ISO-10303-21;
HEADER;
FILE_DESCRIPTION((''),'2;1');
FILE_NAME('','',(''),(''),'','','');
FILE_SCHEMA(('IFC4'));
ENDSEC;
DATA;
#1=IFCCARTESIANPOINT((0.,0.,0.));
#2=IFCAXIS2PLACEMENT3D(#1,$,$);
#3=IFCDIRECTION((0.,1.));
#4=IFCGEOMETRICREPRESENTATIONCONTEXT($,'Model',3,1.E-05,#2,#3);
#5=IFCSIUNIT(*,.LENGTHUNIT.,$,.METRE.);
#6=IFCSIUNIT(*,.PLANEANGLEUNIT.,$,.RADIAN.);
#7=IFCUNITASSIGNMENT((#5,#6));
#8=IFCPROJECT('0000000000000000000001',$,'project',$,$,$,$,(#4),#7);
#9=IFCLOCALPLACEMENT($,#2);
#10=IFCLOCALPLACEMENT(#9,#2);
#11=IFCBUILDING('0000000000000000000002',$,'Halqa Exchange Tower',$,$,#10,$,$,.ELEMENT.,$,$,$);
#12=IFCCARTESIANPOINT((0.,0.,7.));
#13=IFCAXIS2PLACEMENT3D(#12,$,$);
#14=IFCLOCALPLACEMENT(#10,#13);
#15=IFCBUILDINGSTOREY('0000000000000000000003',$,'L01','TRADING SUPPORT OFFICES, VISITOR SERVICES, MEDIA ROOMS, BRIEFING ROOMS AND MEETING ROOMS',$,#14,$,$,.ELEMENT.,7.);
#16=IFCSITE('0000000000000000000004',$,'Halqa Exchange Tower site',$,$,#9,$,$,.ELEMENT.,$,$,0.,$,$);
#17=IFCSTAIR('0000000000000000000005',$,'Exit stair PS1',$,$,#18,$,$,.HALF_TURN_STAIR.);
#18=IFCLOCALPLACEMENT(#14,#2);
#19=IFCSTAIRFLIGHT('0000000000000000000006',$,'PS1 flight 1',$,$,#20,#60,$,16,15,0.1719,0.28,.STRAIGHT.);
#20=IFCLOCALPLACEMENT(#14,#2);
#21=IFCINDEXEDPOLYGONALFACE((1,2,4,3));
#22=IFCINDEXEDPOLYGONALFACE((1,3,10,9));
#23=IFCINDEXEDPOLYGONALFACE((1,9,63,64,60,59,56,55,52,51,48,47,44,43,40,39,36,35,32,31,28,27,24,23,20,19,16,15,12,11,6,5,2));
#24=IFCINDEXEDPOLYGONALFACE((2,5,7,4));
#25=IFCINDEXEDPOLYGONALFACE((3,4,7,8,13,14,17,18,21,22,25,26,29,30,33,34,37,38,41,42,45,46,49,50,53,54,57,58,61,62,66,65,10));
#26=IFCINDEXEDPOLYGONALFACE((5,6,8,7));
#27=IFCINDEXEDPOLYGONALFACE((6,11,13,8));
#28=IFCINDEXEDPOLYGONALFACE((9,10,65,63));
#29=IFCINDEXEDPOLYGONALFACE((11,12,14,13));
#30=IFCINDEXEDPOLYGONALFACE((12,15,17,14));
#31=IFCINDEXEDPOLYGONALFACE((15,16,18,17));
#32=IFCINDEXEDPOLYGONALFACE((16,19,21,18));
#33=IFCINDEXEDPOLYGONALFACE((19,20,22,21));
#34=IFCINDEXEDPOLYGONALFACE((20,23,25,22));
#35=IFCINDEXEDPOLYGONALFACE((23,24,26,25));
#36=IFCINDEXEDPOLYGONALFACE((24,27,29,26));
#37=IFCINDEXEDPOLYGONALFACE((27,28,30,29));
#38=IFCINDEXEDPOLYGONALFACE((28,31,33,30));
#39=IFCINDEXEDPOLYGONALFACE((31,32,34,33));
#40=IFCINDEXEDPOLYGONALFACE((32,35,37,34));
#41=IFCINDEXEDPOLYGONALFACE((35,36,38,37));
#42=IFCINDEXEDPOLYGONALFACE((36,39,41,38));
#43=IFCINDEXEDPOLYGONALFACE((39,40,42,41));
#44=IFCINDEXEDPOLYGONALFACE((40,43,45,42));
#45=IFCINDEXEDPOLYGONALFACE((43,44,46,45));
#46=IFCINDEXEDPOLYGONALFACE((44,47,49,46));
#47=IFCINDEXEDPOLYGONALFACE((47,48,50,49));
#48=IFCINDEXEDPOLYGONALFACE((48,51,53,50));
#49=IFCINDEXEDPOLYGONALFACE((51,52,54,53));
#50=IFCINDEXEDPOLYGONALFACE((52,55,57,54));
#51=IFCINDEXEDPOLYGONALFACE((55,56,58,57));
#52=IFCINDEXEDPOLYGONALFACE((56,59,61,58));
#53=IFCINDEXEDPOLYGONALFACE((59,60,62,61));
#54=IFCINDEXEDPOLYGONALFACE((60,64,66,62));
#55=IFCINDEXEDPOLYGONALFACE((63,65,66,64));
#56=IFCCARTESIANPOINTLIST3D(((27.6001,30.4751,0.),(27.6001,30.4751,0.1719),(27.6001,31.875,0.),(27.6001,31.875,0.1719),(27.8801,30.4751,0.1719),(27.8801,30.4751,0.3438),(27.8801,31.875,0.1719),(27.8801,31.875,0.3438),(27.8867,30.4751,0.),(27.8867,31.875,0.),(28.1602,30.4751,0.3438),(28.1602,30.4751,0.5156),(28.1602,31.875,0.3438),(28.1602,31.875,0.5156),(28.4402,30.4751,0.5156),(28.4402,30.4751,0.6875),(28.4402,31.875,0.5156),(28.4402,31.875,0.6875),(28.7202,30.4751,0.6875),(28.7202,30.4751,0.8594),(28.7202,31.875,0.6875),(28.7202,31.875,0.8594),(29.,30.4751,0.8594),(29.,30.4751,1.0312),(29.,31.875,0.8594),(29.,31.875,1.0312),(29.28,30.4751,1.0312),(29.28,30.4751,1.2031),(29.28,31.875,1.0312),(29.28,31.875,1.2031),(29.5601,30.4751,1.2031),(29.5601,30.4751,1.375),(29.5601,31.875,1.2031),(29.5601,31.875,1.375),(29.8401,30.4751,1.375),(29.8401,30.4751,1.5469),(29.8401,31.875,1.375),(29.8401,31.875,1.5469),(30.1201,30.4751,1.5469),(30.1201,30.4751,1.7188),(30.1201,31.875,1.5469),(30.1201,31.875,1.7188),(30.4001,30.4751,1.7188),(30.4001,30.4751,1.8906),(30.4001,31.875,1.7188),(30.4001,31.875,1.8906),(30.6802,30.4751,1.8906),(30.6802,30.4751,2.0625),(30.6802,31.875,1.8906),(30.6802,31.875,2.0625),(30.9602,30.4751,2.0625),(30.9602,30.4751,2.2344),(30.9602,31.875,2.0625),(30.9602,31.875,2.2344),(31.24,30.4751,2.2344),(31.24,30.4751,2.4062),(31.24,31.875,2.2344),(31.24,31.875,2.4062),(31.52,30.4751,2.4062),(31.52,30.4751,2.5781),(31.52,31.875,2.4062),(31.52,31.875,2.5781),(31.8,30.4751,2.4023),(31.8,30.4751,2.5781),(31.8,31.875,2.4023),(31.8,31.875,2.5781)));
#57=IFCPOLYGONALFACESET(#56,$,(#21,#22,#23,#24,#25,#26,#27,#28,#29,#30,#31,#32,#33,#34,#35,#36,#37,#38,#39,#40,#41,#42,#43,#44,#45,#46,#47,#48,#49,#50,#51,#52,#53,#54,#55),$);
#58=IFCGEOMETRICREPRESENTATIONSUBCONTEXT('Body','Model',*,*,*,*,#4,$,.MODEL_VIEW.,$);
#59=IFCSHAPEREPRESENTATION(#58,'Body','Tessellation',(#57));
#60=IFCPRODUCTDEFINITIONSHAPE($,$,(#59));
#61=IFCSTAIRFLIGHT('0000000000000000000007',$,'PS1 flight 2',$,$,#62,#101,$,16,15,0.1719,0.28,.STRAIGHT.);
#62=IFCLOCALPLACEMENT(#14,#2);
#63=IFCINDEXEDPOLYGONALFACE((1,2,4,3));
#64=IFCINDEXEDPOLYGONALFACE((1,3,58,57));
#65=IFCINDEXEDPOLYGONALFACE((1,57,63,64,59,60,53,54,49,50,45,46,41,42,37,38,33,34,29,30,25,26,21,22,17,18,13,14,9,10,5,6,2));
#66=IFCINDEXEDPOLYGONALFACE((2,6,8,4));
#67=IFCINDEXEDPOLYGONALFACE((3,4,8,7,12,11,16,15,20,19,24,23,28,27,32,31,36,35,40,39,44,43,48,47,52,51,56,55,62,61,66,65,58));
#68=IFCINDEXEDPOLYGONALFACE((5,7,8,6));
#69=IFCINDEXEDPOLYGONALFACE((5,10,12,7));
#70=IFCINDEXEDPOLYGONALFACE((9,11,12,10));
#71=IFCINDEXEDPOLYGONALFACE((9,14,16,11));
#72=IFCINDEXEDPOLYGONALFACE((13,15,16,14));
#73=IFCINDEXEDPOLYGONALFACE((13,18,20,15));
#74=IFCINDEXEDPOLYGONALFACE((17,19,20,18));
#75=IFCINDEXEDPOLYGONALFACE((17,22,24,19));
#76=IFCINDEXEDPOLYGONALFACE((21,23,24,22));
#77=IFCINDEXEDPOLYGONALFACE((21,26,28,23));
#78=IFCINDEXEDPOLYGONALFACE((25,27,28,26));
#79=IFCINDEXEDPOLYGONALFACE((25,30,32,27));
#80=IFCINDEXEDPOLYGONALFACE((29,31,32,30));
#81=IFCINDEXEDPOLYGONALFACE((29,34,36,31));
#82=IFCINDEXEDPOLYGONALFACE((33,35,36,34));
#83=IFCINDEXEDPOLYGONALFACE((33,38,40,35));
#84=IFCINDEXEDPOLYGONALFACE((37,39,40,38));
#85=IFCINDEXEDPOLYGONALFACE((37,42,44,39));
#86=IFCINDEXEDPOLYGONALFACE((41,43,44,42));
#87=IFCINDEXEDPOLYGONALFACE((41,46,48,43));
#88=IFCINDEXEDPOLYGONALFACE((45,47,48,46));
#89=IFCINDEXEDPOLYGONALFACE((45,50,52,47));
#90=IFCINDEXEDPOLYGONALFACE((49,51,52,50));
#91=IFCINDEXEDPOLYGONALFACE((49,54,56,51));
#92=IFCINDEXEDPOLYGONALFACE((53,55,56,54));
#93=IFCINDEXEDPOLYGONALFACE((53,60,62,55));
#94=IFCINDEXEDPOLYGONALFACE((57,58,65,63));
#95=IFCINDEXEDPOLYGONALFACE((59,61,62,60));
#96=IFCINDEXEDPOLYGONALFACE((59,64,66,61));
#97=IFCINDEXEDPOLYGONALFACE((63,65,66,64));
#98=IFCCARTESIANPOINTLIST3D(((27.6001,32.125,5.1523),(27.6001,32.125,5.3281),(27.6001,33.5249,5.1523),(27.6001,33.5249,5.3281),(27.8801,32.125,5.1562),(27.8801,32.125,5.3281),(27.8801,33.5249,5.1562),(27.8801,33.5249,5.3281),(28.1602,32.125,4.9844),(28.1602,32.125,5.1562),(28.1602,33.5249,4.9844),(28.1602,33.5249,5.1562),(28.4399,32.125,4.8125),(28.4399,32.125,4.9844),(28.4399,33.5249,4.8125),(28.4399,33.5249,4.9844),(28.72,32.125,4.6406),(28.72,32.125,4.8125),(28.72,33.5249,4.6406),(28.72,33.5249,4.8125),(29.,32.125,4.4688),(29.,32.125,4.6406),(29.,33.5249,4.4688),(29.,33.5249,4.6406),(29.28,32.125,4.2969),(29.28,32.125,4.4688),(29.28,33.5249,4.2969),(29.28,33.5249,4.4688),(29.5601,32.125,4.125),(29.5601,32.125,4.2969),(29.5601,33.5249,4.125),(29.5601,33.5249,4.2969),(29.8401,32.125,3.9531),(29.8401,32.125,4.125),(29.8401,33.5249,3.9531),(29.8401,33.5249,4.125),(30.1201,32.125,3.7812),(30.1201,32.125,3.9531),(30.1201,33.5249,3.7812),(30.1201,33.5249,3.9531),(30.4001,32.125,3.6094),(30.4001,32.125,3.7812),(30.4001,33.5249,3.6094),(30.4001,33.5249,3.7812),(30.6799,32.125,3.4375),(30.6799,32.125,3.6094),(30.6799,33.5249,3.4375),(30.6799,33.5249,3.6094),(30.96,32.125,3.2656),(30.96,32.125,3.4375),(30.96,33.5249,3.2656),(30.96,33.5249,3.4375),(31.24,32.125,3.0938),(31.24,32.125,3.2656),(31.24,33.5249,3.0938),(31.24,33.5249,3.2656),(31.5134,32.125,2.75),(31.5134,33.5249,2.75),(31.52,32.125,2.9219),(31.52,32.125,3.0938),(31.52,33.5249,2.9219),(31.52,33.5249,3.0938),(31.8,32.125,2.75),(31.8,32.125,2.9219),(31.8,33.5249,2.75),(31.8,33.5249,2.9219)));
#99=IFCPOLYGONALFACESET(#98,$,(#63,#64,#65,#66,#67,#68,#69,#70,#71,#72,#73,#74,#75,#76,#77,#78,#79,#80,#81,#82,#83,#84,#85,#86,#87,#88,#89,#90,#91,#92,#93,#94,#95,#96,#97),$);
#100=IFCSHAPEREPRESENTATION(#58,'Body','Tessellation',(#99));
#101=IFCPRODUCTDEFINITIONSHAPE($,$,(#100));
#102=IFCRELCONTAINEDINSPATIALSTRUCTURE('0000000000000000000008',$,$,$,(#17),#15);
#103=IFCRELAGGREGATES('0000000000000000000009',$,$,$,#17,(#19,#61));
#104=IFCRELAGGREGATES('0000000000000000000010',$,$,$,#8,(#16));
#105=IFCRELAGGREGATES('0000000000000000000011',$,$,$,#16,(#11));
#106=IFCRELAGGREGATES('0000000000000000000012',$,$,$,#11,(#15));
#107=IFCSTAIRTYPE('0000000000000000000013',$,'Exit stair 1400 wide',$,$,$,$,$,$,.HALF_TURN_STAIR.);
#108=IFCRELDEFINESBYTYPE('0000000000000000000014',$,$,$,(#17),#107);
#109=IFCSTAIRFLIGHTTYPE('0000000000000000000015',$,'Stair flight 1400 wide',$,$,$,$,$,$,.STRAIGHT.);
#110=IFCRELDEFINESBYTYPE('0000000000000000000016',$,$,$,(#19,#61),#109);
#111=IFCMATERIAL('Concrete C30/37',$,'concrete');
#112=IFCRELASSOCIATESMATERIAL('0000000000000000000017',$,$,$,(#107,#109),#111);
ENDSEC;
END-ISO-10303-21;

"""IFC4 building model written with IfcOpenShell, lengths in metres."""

from ifc_helpers import new_model, si_unit, direction, frame, origin, place, context, subcontext, project, spatial, polyline, outline, extrude, material, type_object, element, aggregate, save


model = new_model("IFC4")

# Units and contexts
model_context = context("Model", 3, precision=1e-05, world=origin(), true_north=direction((0.0, 1.0)))
body_context = subcontext(model_context, "Body", "Model", "MODEL_VIEW")
ifc_project = project(units=[si_unit("LENGTHUNIT", "METRE"), si_unit("PLANEANGLEUNIT", "RADIAN")], contexts=[model_context])

# Site, building, storey
site_placement = place(None, origin())
site = spatial("IfcSite", under=ifc_project, at=site_placement, Name="Halqa Exchange Tower site", CompositionType="ELEMENT", RefElevation=0.0)
building_placement = place(site_placement, origin())
building = spatial("IfcBuilding", under=site, at=building_placement, Name="Halqa Exchange Tower", CompositionType="ELEMENT")
storey_placement = place(building_placement, frame((0.0, 0.0, 7.0)))
storey = spatial("IfcBuildingStorey", under=building, at=storey_placement, Name="L01", Description="TRADING SUPPORT OFFICES, VISITOR SERVICES, MEDIA ROOMS, BRIEFING ROOMS AND MEETING ROOMS", CompositionType="ELEMENT", Elevation=7.0)

# Shared definitions
ifc_material_1 = material(Name="Concrete C30/37", Category="concrete")

# Stair, stair flights
stair_type = type_object("IfcStairType", Name="Exit stair 1400 wide", PredefinedType="HALF_TURN_STAIR", material=ifc_material_1)
stair_placement = place(storey_placement, origin())
stair = element("IfcStair", 1, at=stair_placement, inside=storey, type_object=stair_type, Name="Exit stair PS1", PredefinedType="HALF_TURN_STAIR")
stair_flight_type = type_object("IfcStairFlightType", Name="Stair flight 1400 wide", PredefinedType="STRAIGHT", material=ifc_material_1)
stair_flight_1_placement = place(storey_placement, frame((27.6001, 31.175, 0.0), z_axis=(0.0, 0.0, 1.0), x_axis=(1.0, 0.0, 0.0)))
stair_flight_1 = element("IfcStairFlight", 2, at=stair_flight_1_placement, type_object=stair_flight_type, Name="PS1 flight 1", NumberOfRisers=16, NumberOfTreads=15, PredefinedType="STRAIGHT", RiserHeight=0.1719, TreadLength=0.28, context=body_context, shape_type="SweptSolid", body=[
    extrude(outline(polyline([(0.0, 0.0), (0.0, 0.1719), (0.28, 0.1719), (0.28, 0.3438), (0.5601, 0.3438), (0.5601, 0.5156), (0.8401, 0.5156), (0.8401, 0.6875), (1.1201, 0.6875), (1.1201, 0.8594), (1.3999, 0.8594), (1.3999, 1.0312), (1.6799, 1.0312), (1.6799, 1.2031), (1.96, 1.2031), (1.96, 1.375), (2.24, 1.375), (2.24, 1.5469), (2.52, 1.5469), (2.52, 1.7188), (2.8, 1.7188), (2.8, 1.8906), (3.0801, 1.8906), (3.0801, 2.0625), (3.3601, 2.0625), (3.3601, 2.2344), (3.6399, 2.2344), (3.6399, 2.4062), (3.9199, 2.4062), (3.9199, 2.5781), (4.2, 2.5781), (4.2, 2.75), (4.2, 2.4023), (0.2866, 0.0), (0.0, 0.0)])), frame((0.0, 0.7, 0.0), z_axis=(0.0, -1.0, 0.0), x_axis=(1.0, 0.0, 0.0)), (0.0, 0.0, 1.0), 1.3999),
])
stair_flight_2_placement = place(storey_placement, frame((31.8, 32.825, 2.75), z_axis=(0.0, 0.0, 1.0), x_axis=(-1.0, 0.0, 0.0)))
stair_flight_2 = element("IfcStairFlight", 3, at=stair_flight_2_placement, type_object=stair_flight_type, Name="PS1 flight 2", NumberOfRisers=16, NumberOfTreads=15, PredefinedType="STRAIGHT", RiserHeight=0.1719, TreadLength=0.28, context=body_context, shape_type="SweptSolid", body=[
    extrude(outline(polyline([(0.0, 0.0), (0.0, 0.1719), (0.28, 0.1719), (0.28, 0.3438), (0.5601, 0.3438), (0.5601, 0.5156), (0.8401, 0.5156), (0.8401, 0.6875), (1.1201, 0.6875), (1.1201, 0.8594), (1.3999, 0.8594), (1.3999, 1.0312), (1.6799, 1.0312), (1.6799, 1.2031), (1.96, 1.2031), (1.96, 1.375), (2.24, 1.375), (2.24, 1.5469), (2.52, 1.5469), (2.52, 1.7188), (2.8, 1.7188), (2.8, 1.8906), (3.0801, 1.8906), (3.0801, 2.0625), (3.3601, 2.0625), (3.3601, 2.2344), (3.6399, 2.2344), (3.6399, 2.4062), (3.9199, 2.4062), (3.9199, 2.5781), (4.2, 2.5781), (4.2, 2.75), (4.2, 2.4023), (0.2866, 0.0), (0.0, 0.0)])), frame((0.0, 0.7, 0.0), z_axis=(0.0, -1.0, 0.0), x_axis=(1.0, 0.0, 0.0)), (0.0, 0.0, 1.0), 1.3999),
])
aggregate(stair, [stair_flight_1, stair_flight_2])

save(model, "model.ifc")
